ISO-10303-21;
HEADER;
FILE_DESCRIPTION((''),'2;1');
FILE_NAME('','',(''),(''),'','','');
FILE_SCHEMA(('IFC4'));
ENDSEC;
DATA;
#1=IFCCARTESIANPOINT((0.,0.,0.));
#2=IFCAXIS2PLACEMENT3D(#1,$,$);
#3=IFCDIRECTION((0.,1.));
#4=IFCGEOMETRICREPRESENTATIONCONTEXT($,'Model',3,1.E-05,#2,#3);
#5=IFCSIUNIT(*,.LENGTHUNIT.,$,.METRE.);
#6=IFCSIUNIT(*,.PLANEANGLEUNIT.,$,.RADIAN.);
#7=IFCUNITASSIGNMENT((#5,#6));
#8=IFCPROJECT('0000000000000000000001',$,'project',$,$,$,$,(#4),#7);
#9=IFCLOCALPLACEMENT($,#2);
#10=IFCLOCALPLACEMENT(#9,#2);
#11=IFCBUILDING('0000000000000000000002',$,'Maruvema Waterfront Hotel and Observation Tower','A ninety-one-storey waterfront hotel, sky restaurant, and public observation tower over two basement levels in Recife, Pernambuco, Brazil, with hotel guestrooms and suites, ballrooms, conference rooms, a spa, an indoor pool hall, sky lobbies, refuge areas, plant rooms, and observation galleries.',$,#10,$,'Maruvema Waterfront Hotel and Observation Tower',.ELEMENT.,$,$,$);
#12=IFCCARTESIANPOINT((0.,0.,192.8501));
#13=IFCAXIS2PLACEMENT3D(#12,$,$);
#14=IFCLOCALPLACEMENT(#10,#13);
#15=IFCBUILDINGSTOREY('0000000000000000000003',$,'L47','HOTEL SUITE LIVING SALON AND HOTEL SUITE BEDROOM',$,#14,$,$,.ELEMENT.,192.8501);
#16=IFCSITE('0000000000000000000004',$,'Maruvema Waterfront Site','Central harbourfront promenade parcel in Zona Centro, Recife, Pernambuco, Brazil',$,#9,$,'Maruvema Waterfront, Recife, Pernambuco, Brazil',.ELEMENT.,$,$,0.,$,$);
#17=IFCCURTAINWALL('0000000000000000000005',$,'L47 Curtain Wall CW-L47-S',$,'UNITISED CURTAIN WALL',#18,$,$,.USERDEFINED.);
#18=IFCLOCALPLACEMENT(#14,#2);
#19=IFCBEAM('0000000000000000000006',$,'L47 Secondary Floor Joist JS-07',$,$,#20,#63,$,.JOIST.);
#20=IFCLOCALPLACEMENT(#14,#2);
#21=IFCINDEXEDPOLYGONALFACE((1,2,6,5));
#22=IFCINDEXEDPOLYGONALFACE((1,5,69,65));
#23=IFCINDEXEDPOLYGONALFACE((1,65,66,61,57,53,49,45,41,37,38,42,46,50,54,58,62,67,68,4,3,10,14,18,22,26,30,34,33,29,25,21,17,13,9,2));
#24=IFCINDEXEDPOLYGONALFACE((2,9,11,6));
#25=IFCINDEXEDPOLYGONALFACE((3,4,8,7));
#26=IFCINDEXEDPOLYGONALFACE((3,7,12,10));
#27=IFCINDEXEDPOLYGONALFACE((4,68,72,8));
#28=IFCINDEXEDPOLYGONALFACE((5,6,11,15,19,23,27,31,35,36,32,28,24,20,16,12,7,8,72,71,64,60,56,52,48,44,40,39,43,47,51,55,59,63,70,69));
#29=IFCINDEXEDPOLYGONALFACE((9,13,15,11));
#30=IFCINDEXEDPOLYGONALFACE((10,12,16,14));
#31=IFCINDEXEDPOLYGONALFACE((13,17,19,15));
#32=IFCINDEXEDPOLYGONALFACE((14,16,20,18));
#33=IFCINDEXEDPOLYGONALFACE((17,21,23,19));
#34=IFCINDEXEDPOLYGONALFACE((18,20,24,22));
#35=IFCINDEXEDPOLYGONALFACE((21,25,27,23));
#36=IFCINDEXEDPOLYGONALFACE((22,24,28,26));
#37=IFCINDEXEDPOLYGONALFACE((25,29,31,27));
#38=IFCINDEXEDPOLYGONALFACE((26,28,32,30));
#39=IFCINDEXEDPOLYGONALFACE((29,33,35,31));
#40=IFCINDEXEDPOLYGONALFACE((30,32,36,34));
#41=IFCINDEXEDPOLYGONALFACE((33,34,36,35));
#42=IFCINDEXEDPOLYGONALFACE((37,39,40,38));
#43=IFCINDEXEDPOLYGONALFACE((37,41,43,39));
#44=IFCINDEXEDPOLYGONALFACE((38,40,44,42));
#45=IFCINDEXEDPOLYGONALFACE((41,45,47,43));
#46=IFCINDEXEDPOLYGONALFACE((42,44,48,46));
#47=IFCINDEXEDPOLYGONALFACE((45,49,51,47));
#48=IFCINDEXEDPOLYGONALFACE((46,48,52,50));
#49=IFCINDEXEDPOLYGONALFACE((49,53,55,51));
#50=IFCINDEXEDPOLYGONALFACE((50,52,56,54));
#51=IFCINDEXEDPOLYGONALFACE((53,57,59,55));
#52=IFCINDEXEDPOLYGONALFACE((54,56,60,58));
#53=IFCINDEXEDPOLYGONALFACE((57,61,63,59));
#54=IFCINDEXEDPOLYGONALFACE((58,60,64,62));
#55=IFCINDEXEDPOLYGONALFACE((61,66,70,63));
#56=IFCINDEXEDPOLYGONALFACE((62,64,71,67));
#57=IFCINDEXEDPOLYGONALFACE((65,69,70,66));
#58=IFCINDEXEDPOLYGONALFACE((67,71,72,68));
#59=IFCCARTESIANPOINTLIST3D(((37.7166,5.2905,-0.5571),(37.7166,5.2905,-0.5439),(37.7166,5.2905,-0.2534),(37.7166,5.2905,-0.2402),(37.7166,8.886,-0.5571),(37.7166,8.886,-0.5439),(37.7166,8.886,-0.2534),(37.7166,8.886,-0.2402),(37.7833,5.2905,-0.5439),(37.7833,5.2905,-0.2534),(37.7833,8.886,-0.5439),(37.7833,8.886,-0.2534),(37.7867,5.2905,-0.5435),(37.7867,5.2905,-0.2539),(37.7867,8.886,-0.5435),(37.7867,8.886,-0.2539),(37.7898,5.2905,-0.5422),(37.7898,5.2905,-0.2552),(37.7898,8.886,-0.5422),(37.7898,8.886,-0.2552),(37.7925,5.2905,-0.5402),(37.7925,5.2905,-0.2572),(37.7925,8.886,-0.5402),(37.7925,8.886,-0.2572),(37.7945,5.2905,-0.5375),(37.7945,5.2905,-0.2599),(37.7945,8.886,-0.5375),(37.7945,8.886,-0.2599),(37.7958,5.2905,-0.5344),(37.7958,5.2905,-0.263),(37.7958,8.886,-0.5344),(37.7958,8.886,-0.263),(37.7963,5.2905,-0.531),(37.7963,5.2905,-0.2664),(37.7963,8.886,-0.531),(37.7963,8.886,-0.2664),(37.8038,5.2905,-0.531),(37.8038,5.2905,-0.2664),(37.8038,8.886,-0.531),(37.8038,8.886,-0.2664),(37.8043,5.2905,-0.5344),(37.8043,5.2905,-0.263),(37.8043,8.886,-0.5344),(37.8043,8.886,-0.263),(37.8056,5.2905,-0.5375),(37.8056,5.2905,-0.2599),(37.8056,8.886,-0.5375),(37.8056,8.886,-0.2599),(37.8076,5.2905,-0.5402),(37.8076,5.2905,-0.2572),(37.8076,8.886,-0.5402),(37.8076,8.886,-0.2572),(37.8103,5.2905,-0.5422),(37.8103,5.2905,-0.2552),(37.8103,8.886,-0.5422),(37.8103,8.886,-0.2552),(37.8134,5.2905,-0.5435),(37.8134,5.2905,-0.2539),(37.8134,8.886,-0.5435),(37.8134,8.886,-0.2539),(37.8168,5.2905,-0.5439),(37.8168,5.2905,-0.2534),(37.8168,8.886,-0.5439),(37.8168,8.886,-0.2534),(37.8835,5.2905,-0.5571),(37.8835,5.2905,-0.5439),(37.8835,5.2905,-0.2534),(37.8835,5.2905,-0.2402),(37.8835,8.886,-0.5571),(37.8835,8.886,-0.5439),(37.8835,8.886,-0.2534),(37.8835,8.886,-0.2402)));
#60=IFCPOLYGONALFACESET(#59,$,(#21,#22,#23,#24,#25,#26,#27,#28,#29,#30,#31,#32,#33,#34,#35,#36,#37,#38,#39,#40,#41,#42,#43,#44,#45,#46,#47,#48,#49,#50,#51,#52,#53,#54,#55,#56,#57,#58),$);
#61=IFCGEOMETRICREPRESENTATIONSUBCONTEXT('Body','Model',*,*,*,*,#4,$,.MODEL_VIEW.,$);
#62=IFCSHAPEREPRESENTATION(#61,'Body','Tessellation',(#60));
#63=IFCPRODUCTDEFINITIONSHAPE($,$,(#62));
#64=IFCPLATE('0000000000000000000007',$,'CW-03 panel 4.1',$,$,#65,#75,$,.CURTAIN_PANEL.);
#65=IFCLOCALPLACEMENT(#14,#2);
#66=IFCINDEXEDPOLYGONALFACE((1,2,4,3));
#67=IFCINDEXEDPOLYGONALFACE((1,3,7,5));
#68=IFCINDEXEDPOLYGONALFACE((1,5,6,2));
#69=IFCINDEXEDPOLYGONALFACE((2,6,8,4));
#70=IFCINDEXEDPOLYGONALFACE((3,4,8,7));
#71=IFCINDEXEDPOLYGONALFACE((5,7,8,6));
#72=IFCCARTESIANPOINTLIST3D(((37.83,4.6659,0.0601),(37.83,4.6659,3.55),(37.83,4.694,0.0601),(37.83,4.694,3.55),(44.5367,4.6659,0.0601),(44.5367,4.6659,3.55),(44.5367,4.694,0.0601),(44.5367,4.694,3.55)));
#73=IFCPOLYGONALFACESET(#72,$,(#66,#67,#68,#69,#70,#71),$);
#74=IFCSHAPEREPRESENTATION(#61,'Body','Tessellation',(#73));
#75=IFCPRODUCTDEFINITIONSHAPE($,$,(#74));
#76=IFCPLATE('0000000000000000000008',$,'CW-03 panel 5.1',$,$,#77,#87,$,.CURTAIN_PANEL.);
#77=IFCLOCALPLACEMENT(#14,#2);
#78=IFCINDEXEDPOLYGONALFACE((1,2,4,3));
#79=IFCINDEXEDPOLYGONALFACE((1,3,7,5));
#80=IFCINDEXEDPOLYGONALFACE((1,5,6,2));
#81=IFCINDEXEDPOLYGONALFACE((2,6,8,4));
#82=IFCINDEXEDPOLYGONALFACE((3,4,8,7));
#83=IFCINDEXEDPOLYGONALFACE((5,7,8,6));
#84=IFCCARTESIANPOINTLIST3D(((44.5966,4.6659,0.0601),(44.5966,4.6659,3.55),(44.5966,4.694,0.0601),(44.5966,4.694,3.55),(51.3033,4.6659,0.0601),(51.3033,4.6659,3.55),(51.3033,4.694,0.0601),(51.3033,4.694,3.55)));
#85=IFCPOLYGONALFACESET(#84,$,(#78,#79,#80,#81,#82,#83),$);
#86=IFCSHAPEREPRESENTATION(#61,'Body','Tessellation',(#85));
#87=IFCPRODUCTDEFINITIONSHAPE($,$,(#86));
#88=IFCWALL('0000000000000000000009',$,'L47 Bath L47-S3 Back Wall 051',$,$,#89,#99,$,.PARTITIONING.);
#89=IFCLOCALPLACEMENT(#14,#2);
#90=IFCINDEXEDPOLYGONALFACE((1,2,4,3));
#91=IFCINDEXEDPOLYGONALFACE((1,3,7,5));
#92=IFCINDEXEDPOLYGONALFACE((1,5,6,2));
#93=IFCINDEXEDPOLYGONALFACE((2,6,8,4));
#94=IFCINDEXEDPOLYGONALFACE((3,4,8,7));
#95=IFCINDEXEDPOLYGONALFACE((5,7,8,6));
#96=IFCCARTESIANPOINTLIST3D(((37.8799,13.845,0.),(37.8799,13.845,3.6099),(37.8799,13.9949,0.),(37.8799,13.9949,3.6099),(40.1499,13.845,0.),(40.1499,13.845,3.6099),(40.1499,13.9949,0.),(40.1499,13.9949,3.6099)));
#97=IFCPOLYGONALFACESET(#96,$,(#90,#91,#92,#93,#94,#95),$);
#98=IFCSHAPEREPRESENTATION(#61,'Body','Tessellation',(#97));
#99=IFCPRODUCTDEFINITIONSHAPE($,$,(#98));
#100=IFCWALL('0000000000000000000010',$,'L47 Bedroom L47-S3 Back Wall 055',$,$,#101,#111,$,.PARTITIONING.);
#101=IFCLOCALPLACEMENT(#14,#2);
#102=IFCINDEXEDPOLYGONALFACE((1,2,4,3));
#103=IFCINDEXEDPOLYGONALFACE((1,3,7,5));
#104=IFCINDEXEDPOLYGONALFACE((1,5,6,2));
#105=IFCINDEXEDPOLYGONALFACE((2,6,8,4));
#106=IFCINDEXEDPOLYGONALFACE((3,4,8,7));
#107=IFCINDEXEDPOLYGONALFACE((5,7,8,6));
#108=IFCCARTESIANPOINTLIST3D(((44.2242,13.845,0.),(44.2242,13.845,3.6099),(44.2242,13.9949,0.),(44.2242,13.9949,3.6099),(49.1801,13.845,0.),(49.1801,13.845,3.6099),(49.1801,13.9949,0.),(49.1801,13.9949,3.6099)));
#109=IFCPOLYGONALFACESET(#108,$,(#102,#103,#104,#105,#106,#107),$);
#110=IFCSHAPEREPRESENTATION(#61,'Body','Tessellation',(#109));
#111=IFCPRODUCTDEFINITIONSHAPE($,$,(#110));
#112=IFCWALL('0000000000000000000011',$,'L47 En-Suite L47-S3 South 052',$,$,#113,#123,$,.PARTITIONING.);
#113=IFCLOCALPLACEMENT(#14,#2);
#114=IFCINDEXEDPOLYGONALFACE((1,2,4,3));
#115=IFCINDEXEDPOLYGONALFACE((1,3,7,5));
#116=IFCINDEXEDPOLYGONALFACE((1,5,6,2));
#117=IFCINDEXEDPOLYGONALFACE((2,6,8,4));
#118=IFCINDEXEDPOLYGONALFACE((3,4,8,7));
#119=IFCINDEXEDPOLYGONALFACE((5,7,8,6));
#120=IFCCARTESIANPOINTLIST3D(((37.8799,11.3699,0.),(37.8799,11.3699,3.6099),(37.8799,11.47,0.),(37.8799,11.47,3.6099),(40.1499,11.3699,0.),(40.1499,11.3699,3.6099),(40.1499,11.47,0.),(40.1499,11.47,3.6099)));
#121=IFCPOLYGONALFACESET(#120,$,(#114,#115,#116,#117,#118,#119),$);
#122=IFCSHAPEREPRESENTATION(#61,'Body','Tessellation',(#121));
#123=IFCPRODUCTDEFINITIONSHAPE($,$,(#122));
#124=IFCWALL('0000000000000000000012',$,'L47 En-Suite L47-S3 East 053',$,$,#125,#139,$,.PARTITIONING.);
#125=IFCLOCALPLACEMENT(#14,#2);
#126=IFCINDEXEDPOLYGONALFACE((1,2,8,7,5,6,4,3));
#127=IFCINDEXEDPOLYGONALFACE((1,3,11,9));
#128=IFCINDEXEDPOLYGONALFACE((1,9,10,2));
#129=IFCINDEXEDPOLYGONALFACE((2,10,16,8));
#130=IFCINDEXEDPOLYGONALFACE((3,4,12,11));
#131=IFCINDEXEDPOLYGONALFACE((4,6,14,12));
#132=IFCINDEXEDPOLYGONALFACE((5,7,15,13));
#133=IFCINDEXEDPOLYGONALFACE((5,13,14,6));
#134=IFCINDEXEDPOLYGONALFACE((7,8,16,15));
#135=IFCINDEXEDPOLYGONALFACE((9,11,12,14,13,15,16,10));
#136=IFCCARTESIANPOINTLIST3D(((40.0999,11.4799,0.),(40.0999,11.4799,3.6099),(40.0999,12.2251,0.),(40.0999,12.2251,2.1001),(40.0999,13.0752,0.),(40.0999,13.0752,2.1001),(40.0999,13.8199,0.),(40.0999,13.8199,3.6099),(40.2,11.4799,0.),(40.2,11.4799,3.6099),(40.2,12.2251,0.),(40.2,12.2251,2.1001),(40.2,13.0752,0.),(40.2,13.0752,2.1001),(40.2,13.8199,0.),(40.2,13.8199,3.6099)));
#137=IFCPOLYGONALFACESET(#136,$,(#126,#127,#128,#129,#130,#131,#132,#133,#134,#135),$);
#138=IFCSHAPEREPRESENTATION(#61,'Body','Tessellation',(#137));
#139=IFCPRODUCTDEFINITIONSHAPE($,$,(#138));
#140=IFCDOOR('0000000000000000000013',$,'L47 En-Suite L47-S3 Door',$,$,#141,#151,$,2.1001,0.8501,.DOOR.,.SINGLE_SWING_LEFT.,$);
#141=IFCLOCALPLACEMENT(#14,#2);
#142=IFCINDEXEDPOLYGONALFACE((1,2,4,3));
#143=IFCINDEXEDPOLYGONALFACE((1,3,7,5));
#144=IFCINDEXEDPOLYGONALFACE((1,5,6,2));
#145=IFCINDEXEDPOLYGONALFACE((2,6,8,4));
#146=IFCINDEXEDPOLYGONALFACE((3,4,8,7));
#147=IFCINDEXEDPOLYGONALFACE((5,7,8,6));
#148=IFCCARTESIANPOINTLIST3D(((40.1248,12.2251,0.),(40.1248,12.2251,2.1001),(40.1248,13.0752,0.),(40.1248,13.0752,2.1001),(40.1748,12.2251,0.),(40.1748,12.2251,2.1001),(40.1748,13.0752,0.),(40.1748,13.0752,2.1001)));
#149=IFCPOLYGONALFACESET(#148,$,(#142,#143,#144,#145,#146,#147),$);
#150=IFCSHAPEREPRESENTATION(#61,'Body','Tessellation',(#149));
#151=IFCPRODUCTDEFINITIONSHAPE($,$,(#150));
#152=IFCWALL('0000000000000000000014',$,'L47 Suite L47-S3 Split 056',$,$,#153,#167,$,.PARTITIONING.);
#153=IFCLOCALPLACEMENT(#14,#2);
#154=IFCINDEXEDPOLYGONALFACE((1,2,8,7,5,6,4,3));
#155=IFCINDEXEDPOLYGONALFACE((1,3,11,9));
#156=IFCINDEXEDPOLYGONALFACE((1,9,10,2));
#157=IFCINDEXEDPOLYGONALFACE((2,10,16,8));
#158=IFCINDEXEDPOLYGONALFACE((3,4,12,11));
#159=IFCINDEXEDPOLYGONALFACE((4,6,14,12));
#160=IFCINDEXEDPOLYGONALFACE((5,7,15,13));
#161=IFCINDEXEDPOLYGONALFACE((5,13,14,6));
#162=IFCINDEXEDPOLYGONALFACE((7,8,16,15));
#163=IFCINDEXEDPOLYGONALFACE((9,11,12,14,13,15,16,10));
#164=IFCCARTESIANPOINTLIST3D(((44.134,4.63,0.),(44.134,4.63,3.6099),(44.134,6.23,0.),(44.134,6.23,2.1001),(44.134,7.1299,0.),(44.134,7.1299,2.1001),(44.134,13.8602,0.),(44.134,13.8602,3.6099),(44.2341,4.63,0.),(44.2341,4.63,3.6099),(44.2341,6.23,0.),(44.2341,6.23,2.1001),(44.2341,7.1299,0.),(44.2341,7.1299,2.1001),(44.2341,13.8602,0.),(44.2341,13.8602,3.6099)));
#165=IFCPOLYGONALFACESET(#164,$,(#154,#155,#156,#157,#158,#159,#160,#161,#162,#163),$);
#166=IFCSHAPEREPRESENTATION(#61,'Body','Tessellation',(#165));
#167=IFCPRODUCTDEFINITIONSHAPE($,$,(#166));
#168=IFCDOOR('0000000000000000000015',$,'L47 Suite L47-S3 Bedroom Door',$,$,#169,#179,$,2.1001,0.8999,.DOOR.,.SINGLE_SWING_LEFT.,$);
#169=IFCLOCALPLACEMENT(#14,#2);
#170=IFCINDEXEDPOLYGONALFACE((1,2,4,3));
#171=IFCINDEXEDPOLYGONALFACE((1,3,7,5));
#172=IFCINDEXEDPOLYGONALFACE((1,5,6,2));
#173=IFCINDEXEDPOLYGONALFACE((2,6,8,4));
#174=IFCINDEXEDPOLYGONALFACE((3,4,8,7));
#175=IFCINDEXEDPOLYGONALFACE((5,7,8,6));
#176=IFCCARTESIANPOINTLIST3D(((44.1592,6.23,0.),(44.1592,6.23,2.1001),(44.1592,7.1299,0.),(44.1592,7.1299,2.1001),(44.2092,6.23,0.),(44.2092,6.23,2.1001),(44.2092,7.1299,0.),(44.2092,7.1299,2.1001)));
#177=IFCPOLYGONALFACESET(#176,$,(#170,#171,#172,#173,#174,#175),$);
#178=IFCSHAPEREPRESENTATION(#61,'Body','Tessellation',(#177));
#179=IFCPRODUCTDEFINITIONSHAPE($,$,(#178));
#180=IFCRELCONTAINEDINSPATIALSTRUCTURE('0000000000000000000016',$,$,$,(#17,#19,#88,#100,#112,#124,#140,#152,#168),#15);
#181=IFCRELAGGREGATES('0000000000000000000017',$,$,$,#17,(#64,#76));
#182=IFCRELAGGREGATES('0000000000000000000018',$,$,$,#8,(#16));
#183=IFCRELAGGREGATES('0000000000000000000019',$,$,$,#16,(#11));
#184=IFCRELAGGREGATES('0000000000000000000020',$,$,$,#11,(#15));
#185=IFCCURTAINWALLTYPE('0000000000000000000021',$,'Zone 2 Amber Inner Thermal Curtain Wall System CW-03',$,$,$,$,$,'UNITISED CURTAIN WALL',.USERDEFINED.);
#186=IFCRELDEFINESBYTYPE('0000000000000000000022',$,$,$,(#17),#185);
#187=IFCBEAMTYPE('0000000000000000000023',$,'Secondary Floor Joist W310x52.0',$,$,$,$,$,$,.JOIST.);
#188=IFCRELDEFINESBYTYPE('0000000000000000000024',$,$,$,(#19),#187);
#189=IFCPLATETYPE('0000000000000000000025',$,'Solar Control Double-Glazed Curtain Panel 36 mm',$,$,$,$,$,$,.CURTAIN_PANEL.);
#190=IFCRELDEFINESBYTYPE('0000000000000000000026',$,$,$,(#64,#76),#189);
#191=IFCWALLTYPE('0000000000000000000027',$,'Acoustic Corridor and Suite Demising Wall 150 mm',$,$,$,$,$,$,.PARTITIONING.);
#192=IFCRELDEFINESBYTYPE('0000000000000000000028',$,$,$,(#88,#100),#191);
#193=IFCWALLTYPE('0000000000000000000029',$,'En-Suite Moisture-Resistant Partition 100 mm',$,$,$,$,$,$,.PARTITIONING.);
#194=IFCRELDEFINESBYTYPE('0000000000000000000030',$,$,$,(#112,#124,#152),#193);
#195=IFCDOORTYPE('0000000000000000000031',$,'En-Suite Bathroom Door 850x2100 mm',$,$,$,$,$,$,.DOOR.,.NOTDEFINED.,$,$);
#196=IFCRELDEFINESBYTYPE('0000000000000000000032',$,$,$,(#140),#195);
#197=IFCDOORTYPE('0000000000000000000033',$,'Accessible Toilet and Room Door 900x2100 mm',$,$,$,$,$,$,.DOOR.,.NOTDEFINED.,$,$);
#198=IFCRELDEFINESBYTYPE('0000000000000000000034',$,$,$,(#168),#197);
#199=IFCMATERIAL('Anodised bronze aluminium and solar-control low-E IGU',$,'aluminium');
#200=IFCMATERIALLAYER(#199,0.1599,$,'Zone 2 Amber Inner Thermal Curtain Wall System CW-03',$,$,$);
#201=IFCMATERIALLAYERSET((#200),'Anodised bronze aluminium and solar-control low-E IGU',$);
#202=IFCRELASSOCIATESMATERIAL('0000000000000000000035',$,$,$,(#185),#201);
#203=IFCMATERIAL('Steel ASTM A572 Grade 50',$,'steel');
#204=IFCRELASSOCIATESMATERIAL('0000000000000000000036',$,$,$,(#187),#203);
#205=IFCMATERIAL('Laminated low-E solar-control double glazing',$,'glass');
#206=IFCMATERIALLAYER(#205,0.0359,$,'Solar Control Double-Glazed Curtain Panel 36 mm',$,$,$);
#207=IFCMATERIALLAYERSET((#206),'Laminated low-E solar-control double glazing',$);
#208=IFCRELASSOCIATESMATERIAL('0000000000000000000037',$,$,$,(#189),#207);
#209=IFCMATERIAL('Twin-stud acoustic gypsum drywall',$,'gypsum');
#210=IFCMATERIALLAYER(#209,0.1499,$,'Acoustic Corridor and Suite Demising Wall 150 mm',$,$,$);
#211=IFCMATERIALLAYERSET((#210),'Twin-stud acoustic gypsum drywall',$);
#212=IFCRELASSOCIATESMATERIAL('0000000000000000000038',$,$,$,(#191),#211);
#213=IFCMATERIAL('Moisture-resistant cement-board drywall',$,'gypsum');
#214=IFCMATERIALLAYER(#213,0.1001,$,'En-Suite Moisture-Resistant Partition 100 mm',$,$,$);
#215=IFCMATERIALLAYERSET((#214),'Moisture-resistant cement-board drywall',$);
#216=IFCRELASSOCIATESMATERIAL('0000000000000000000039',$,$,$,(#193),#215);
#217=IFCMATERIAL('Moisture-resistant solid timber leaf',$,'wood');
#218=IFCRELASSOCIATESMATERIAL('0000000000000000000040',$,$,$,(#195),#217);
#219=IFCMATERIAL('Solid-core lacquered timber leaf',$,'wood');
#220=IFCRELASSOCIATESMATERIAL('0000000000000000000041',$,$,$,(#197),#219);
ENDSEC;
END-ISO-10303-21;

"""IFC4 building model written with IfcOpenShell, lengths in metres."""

from ifc_helpers import new_model, si_unit, direction, frame, frame_2d, origin, origin_2d, place, context, subcontext, project, spatial, rectangle, i_section, extrude, material, layer, layer_set, material_profile, profile_set, type_object, element, fill, aggregate, save


model = new_model("IFC4")

# Units and contexts
model_context = context("Model", 3, precision=1e-05, world=origin(), true_north=direction((0.0, 1.0)))
body_context = subcontext(model_context, "Body", "Model", "MODEL_VIEW")
ifc_project = project(units=[si_unit("LENGTHUNIT", "METRE"), si_unit("PLANEANGLEUNIT", "RADIAN")], contexts=[model_context])

# Site, building, storey
site_placement = place(None, origin())
site = spatial("IfcSite", under=ifc_project, at=site_placement, Name="Maruvema Waterfront Site", Description="Central harbourfront promenade parcel in Zona Centro, Recife, Pernambuco, Brazil", LongName="Maruvema Waterfront, Recife, Pernambuco, Brazil", CompositionType="ELEMENT", RefElevation=0.0)
building_placement = place(site_placement, origin())
building = spatial("IfcBuilding", under=site, at=building_placement, Name="Maruvema Waterfront Hotel and Observation Tower", Description="A ninety-one-storey waterfront hotel, sky restaurant, and public observation tower over two basement levels in Recife, Pernambuco, Brazil, with hotel guestrooms and suites, ballrooms, conference rooms, a spa, an indoor pool hall, sky lobbies, refuge areas, plant rooms, and observation galleries.", LongName="Maruvema Waterfront Hotel and Observation Tower", CompositionType="ELEMENT")
storey_placement = place(building_placement, frame((0.0, 0.0, 192.8501)))
storey = spatial("IfcBuildingStorey", under=building, at=storey_placement, Name="L47", Description="HOTEL SUITE LIVING SALON AND HOTEL SUITE BEDROOM", CompositionType="ELEMENT", Elevation=192.8501)

# Curtain wall
ifc_material_1 = material(Name="Anodised bronze aluminium and solar-control low-E IGU", Category="aluminium")
ifc_layer_1 = layer(ifc_material_1, 0.1599, Name="Zone 2 Amber Inner Thermal Curtain Wall System CW-03")
ifc_layer_set_1 = layer_set([ifc_layer_1], Name="Anodised bronze aluminium and solar-control low-E IGU")
curtain_wall_type = type_object("IfcCurtainWallType", Name="Zone 2 Amber Inner Thermal Curtain Wall System CW-03", ElementType="UNITISED CURTAIN WALL", PredefinedType="USERDEFINED", material=ifc_layer_set_1)
curtain_wall_placement = place(storey_placement, origin())
curtain_wall = element("IfcCurtainWall", 1, at=curtain_wall_placement, inside=storey, type_object=curtain_wall_type, Name="L47 Curtain Wall CW-L47-S", ObjectType="UNITISED CURTAIN WALL", PredefinedType="USERDEFINED")

# Beam
ifc_material_2 = material(Name="Steel ASTM A572 Grade 50", Category="steel")
ifc_material_profile_1 = material_profile(ifc_material_2, i_section(OverallWidth=0.167, OverallDepth=0.3169, WebThickness=0.0076, FlangeThickness=0.0132, FilletRadius=0.0129, at=origin_2d()), Name="W310x52.0")
ifc_profile_set_1 = profile_set([ifc_material_profile_1], Name="Steel ASTM A572 Grade 50")
beam_type_1 = type_object("IfcBeamType", Name="Secondary Floor Joist W310x52.0", PredefinedType="JOIST", material=ifc_profile_set_1)
beam_1_placement = place(storey_placement, frame((37.8, 5.2905, -0.3987), z_axis=(0.0, 1.0, 0.0), x_axis=(-1.0, 0.0, 0.0)))
element("IfcBeam", 2, at=beam_1_placement, inside=storey, type_object=beam_type_1, Name="L47 Secondary Floor Joist JS-07", PredefinedType="JOIST", context=body_context, shape_type="SweptSolid", body=[
    extrude(i_section(OverallWidth=0.167, OverallDepth=0.3169, WebThickness=0.0076, FlangeThickness=0.0132, FilletRadius=0.0129, at=origin_2d()), origin(), (0.0, 0.0, 1.0), 3.5955),
])

# Plates
ifc_material_3 = material(Name="Laminated low-E solar-control double glazing", Category="glass")
ifc_layer_2 = layer(ifc_material_3, 0.0359, Name="Solar Control Double-Glazed Curtain Panel 36 mm")
ifc_layer_set_2 = layer_set([ifc_layer_2], Name="Laminated low-E solar-control double glazing")
plate_type = type_object("IfcPlateType", Name="Solar Control Double-Glazed Curtain Panel 36 mm", PredefinedType="CURTAIN_PANEL", material=ifc_layer_set_2)
plate_1_placement = place(storey_placement, frame((41.1833, 4.6799, 0.0601), z_axis=(0.0, 0.0, 1.0), x_axis=(1.0, 0.0, 0.0)))
plate_1 = element("IfcPlate", 3, at=plate_1_placement, type_object=plate_type, Name="CW-03 panel 4.1", PredefinedType="CURTAIN_PANEL", context=body_context, shape_type="SweptSolid", body=[
    extrude(rectangle(XDim=6.7068, YDim=0.0281, at=origin_2d()), origin(), (0.0, 0.0, 1.0), 3.49),
])
plate_2_placement = place(storey_placement, frame((47.95, 4.6799, 0.0601), z_axis=(0.0, 0.0, 1.0), x_axis=(1.0, 0.0, 0.0)))
plate_2 = element("IfcPlate", 4, at=plate_2_placement, type_object=plate_type, Name="CW-03 panel 5.1", PredefinedType="CURTAIN_PANEL", context=body_context, shape_type="SweptSolid", body=[
    extrude(rectangle(XDim=6.7068, YDim=0.0281, at=origin_2d()), origin(), (0.0, 0.0, 1.0), 3.49),
])
aggregate(curtain_wall, [plate_1, plate_2])

# Wall
ifc_material_4 = material(Name="Twin-stud acoustic gypsum drywall", Category="gypsum")
ifc_layer_3 = layer(ifc_material_4, 0.1499, Name="Acoustic Corridor and Suite Demising Wall 150 mm")
ifc_layer_set_3 = layer_set([ifc_layer_3], Name="Twin-stud acoustic gypsum drywall")
wall_type_1 = type_object("IfcWallType", Name="Acoustic Corridor and Suite Demising Wall 150 mm", PredefinedType="PARTITIONING", material=ifc_layer_set_3)
wall_1_placement = place(storey_placement, frame((37.8799, 13.9199, 0.0), z_axis=(0.0, 0.0, 1.0), x_axis=(1.0, 0.0, 0.0)))
element("IfcWall", 5, at=wall_1_placement, inside=storey, type_object=wall_type_1, Name="L47 Bath L47-S3 Back Wall 051", PredefinedType="PARTITIONING", context=body_context, shape_type="SweptSolid", body=[
    extrude(rectangle(XDim=2.27, YDim=0.1499, at=frame_2d((1.135, 0.0))), origin(), (0.0, 0.0, 1.0), 3.6099),
])

# Walls
wall_2_placement = place(storey_placement, frame((44.2241, 13.9199, 0.0), z_axis=(0.0, 0.0, 1.0), x_axis=(1.0, 0.0, 0.0)))
element("IfcWall", 6, at=wall_2_placement, inside=storey, type_object=wall_type_1, Name="L47 Bedroom L47-S3 Back Wall 055", PredefinedType="PARTITIONING", context=body_context, shape_type="SweptSolid", body=[
    extrude(rectangle(XDim=4.9558, YDim=0.1499, at=frame_2d((2.478, 0.0))), origin(), (0.0, 0.0, 1.0), 3.6099),
])
ifc_material_5 = material(Name="Moisture-resistant cement-board drywall", Category="gypsum")
ifc_layer_4 = layer(ifc_material_5, 0.1001, Name="En-Suite Moisture-Resistant Partition 100 mm")
ifc_layer_set_4 = layer_set([ifc_layer_4], Name="Moisture-resistant cement-board drywall")
wall_type_2 = type_object("IfcWallType", Name="En-Suite Moisture-Resistant Partition 100 mm", PredefinedType="PARTITIONING", material=ifc_layer_set_4)
wall_3_placement = place(storey_placement, frame((37.8799, 11.4199, 0.0), z_axis=(0.0, 0.0, 1.0), x_axis=(1.0, 0.0, 0.0)))
element("IfcWall", 7, at=wall_3_placement, inside=storey, type_object=wall_type_2, Name="L47 En-Suite L47-S3 South 052", PredefinedType="PARTITIONING", context=body_context, shape_type="SweptSolid", body=[
    extrude(rectangle(XDim=2.27, YDim=0.1001, at=frame_2d((1.135, 0.0))), origin(), (0.0, 0.0, 1.0), 3.6099),
])

# Walls, openings, doors
wall_4_placement = place(storey_placement, frame((40.1499, 11.48, 0.0), z_axis=(0.0, 0.0, 1.0), x_axis=(0.0, 1.0, 0.0)))
wall_4 = element("IfcWall", 8, at=wall_4_placement, inside=storey, type_object=wall_type_2, Name="L47 En-Suite L47-S3 East 053", PredefinedType="PARTITIONING", context=body_context, shape_type="SweptSolid", body=[
    extrude(rectangle(XDim=2.3401, YDim=0.1001, at=frame_2d((1.1699, 0.0))), origin(), (0.0, 0.0, 1.0), 3.6099),
])
opening_1_placement = place(wall_4_placement, frame((0.7451, 0.0, 0.0)))
opening_1 = element("IfcOpeningElement", 9, at=opening_1_placement, cuts=wall_4, PredefinedType="OPENING", context=body_context, shape_type="SweptSolid", body=[
    extrude(rectangle(XDim=0.8501, YDim=2.1001, at=frame_2d((0.425, 1.05))), frame((0.0, 0.0601, 0.0), z_axis=(0.0, -1.0, 0.0), x_axis=(1.0, 0.0, 0.0)), (0.0, 0.0, 1.0), 0.1201),
])
ifc_material_6 = material(Name="Moisture-resistant solid timber leaf", Category="wood")
door_type_1 = type_object("IfcDoorType", Name="En-Suite Bathroom Door 850x2100 mm", OperationType="NOTDEFINED", PredefinedType="DOOR", material=ifc_material_6)
door_1_placement = place(opening_1_placement, frame((0.8501, 0.0, 0.0), z_axis=(0.0, 0.0, 1.0), x_axis=(-1.0, 0.0, 0.0)))
door_1 = element("IfcDoor", 10, at=door_1_placement, inside=storey, type_object=door_type_1, Name="L47 En-Suite L47-S3 Door", OperationType="SINGLE_SWING_LEFT", OverallHeight=2.1001, OverallWidth=0.8501, PredefinedType="DOOR", context=body_context, shape_type="SweptSolid", body=[
    extrude(rectangle(XDim=0.8501, YDim=2.1001, at=frame_2d((0.425, 1.05))), frame((0.0, 0.0249, 0.0), z_axis=(0.0, -1.0, 0.0), x_axis=(1.0, 0.0, 0.0)), (0.0, 0.0, 1.0), 0.05),
])
fill(opening_1, door_1)
wall_5_placement = place(storey_placement, frame((44.1841, 4.6299, 0.0), z_axis=(0.0, 0.0, 1.0), x_axis=(0.0, 1.0, 0.0)))
wall_5 = element("IfcWall", 11, at=wall_5_placement, inside=storey, type_object=wall_type_2, Name="L47 Suite L47-S3 Split 056", PredefinedType="PARTITIONING", context=body_context, shape_type="SweptSolid", body=[
    extrude(rectangle(XDim=9.2302, YDim=0.1001, at=frame_2d((4.6152, 0.0))), origin(), (0.0, 0.0, 1.0), 3.6099),
])
opening_2_placement = place(wall_5_placement, frame((1.6001, 0.0, 0.0)))
opening_2 = element("IfcOpeningElement", 12, at=opening_2_placement, cuts=wall_5, PredefinedType="OPENING", context=body_context, shape_type="SweptSolid", body=[
    extrude(rectangle(XDim=0.8999, YDim=2.1001, at=frame_2d((0.45, 1.05))), frame((0.0, 0.0601, 0.0), z_axis=(0.0, -1.0, 0.0), x_axis=(1.0, 0.0, 0.0)), (0.0, 0.0, 1.0), 0.1201),
])
ifc_material_7 = material(Name="Solid-core lacquered timber leaf", Category="wood")
door_type_2 = type_object("IfcDoorType", Name="Accessible Toilet and Room Door 900x2100 mm", OperationType="NOTDEFINED", PredefinedType="DOOR", material=ifc_material_7)
door_2_placement = place(opening_2_placement, origin())
door_2 = element("IfcDoor", 13, at=door_2_placement, inside=storey, type_object=door_type_2, Name="L47 Suite L47-S3 Bedroom Door", OperationType="SINGLE_SWING_LEFT", OverallHeight=2.1001, OverallWidth=0.8999, PredefinedType="DOOR", context=body_context, shape_type="SweptSolid", body=[
    extrude(rectangle(XDim=0.8999, YDim=2.1001, at=frame_2d((0.45, 1.05))), frame((0.0, 0.0249, 0.0), z_axis=(0.0, -1.0, 0.0), x_axis=(1.0, 0.0, 0.0)), (0.0, 0.0, 1.0), 0.05),
])
fill(opening_2, door_2)

save(model, "model.ifc")
